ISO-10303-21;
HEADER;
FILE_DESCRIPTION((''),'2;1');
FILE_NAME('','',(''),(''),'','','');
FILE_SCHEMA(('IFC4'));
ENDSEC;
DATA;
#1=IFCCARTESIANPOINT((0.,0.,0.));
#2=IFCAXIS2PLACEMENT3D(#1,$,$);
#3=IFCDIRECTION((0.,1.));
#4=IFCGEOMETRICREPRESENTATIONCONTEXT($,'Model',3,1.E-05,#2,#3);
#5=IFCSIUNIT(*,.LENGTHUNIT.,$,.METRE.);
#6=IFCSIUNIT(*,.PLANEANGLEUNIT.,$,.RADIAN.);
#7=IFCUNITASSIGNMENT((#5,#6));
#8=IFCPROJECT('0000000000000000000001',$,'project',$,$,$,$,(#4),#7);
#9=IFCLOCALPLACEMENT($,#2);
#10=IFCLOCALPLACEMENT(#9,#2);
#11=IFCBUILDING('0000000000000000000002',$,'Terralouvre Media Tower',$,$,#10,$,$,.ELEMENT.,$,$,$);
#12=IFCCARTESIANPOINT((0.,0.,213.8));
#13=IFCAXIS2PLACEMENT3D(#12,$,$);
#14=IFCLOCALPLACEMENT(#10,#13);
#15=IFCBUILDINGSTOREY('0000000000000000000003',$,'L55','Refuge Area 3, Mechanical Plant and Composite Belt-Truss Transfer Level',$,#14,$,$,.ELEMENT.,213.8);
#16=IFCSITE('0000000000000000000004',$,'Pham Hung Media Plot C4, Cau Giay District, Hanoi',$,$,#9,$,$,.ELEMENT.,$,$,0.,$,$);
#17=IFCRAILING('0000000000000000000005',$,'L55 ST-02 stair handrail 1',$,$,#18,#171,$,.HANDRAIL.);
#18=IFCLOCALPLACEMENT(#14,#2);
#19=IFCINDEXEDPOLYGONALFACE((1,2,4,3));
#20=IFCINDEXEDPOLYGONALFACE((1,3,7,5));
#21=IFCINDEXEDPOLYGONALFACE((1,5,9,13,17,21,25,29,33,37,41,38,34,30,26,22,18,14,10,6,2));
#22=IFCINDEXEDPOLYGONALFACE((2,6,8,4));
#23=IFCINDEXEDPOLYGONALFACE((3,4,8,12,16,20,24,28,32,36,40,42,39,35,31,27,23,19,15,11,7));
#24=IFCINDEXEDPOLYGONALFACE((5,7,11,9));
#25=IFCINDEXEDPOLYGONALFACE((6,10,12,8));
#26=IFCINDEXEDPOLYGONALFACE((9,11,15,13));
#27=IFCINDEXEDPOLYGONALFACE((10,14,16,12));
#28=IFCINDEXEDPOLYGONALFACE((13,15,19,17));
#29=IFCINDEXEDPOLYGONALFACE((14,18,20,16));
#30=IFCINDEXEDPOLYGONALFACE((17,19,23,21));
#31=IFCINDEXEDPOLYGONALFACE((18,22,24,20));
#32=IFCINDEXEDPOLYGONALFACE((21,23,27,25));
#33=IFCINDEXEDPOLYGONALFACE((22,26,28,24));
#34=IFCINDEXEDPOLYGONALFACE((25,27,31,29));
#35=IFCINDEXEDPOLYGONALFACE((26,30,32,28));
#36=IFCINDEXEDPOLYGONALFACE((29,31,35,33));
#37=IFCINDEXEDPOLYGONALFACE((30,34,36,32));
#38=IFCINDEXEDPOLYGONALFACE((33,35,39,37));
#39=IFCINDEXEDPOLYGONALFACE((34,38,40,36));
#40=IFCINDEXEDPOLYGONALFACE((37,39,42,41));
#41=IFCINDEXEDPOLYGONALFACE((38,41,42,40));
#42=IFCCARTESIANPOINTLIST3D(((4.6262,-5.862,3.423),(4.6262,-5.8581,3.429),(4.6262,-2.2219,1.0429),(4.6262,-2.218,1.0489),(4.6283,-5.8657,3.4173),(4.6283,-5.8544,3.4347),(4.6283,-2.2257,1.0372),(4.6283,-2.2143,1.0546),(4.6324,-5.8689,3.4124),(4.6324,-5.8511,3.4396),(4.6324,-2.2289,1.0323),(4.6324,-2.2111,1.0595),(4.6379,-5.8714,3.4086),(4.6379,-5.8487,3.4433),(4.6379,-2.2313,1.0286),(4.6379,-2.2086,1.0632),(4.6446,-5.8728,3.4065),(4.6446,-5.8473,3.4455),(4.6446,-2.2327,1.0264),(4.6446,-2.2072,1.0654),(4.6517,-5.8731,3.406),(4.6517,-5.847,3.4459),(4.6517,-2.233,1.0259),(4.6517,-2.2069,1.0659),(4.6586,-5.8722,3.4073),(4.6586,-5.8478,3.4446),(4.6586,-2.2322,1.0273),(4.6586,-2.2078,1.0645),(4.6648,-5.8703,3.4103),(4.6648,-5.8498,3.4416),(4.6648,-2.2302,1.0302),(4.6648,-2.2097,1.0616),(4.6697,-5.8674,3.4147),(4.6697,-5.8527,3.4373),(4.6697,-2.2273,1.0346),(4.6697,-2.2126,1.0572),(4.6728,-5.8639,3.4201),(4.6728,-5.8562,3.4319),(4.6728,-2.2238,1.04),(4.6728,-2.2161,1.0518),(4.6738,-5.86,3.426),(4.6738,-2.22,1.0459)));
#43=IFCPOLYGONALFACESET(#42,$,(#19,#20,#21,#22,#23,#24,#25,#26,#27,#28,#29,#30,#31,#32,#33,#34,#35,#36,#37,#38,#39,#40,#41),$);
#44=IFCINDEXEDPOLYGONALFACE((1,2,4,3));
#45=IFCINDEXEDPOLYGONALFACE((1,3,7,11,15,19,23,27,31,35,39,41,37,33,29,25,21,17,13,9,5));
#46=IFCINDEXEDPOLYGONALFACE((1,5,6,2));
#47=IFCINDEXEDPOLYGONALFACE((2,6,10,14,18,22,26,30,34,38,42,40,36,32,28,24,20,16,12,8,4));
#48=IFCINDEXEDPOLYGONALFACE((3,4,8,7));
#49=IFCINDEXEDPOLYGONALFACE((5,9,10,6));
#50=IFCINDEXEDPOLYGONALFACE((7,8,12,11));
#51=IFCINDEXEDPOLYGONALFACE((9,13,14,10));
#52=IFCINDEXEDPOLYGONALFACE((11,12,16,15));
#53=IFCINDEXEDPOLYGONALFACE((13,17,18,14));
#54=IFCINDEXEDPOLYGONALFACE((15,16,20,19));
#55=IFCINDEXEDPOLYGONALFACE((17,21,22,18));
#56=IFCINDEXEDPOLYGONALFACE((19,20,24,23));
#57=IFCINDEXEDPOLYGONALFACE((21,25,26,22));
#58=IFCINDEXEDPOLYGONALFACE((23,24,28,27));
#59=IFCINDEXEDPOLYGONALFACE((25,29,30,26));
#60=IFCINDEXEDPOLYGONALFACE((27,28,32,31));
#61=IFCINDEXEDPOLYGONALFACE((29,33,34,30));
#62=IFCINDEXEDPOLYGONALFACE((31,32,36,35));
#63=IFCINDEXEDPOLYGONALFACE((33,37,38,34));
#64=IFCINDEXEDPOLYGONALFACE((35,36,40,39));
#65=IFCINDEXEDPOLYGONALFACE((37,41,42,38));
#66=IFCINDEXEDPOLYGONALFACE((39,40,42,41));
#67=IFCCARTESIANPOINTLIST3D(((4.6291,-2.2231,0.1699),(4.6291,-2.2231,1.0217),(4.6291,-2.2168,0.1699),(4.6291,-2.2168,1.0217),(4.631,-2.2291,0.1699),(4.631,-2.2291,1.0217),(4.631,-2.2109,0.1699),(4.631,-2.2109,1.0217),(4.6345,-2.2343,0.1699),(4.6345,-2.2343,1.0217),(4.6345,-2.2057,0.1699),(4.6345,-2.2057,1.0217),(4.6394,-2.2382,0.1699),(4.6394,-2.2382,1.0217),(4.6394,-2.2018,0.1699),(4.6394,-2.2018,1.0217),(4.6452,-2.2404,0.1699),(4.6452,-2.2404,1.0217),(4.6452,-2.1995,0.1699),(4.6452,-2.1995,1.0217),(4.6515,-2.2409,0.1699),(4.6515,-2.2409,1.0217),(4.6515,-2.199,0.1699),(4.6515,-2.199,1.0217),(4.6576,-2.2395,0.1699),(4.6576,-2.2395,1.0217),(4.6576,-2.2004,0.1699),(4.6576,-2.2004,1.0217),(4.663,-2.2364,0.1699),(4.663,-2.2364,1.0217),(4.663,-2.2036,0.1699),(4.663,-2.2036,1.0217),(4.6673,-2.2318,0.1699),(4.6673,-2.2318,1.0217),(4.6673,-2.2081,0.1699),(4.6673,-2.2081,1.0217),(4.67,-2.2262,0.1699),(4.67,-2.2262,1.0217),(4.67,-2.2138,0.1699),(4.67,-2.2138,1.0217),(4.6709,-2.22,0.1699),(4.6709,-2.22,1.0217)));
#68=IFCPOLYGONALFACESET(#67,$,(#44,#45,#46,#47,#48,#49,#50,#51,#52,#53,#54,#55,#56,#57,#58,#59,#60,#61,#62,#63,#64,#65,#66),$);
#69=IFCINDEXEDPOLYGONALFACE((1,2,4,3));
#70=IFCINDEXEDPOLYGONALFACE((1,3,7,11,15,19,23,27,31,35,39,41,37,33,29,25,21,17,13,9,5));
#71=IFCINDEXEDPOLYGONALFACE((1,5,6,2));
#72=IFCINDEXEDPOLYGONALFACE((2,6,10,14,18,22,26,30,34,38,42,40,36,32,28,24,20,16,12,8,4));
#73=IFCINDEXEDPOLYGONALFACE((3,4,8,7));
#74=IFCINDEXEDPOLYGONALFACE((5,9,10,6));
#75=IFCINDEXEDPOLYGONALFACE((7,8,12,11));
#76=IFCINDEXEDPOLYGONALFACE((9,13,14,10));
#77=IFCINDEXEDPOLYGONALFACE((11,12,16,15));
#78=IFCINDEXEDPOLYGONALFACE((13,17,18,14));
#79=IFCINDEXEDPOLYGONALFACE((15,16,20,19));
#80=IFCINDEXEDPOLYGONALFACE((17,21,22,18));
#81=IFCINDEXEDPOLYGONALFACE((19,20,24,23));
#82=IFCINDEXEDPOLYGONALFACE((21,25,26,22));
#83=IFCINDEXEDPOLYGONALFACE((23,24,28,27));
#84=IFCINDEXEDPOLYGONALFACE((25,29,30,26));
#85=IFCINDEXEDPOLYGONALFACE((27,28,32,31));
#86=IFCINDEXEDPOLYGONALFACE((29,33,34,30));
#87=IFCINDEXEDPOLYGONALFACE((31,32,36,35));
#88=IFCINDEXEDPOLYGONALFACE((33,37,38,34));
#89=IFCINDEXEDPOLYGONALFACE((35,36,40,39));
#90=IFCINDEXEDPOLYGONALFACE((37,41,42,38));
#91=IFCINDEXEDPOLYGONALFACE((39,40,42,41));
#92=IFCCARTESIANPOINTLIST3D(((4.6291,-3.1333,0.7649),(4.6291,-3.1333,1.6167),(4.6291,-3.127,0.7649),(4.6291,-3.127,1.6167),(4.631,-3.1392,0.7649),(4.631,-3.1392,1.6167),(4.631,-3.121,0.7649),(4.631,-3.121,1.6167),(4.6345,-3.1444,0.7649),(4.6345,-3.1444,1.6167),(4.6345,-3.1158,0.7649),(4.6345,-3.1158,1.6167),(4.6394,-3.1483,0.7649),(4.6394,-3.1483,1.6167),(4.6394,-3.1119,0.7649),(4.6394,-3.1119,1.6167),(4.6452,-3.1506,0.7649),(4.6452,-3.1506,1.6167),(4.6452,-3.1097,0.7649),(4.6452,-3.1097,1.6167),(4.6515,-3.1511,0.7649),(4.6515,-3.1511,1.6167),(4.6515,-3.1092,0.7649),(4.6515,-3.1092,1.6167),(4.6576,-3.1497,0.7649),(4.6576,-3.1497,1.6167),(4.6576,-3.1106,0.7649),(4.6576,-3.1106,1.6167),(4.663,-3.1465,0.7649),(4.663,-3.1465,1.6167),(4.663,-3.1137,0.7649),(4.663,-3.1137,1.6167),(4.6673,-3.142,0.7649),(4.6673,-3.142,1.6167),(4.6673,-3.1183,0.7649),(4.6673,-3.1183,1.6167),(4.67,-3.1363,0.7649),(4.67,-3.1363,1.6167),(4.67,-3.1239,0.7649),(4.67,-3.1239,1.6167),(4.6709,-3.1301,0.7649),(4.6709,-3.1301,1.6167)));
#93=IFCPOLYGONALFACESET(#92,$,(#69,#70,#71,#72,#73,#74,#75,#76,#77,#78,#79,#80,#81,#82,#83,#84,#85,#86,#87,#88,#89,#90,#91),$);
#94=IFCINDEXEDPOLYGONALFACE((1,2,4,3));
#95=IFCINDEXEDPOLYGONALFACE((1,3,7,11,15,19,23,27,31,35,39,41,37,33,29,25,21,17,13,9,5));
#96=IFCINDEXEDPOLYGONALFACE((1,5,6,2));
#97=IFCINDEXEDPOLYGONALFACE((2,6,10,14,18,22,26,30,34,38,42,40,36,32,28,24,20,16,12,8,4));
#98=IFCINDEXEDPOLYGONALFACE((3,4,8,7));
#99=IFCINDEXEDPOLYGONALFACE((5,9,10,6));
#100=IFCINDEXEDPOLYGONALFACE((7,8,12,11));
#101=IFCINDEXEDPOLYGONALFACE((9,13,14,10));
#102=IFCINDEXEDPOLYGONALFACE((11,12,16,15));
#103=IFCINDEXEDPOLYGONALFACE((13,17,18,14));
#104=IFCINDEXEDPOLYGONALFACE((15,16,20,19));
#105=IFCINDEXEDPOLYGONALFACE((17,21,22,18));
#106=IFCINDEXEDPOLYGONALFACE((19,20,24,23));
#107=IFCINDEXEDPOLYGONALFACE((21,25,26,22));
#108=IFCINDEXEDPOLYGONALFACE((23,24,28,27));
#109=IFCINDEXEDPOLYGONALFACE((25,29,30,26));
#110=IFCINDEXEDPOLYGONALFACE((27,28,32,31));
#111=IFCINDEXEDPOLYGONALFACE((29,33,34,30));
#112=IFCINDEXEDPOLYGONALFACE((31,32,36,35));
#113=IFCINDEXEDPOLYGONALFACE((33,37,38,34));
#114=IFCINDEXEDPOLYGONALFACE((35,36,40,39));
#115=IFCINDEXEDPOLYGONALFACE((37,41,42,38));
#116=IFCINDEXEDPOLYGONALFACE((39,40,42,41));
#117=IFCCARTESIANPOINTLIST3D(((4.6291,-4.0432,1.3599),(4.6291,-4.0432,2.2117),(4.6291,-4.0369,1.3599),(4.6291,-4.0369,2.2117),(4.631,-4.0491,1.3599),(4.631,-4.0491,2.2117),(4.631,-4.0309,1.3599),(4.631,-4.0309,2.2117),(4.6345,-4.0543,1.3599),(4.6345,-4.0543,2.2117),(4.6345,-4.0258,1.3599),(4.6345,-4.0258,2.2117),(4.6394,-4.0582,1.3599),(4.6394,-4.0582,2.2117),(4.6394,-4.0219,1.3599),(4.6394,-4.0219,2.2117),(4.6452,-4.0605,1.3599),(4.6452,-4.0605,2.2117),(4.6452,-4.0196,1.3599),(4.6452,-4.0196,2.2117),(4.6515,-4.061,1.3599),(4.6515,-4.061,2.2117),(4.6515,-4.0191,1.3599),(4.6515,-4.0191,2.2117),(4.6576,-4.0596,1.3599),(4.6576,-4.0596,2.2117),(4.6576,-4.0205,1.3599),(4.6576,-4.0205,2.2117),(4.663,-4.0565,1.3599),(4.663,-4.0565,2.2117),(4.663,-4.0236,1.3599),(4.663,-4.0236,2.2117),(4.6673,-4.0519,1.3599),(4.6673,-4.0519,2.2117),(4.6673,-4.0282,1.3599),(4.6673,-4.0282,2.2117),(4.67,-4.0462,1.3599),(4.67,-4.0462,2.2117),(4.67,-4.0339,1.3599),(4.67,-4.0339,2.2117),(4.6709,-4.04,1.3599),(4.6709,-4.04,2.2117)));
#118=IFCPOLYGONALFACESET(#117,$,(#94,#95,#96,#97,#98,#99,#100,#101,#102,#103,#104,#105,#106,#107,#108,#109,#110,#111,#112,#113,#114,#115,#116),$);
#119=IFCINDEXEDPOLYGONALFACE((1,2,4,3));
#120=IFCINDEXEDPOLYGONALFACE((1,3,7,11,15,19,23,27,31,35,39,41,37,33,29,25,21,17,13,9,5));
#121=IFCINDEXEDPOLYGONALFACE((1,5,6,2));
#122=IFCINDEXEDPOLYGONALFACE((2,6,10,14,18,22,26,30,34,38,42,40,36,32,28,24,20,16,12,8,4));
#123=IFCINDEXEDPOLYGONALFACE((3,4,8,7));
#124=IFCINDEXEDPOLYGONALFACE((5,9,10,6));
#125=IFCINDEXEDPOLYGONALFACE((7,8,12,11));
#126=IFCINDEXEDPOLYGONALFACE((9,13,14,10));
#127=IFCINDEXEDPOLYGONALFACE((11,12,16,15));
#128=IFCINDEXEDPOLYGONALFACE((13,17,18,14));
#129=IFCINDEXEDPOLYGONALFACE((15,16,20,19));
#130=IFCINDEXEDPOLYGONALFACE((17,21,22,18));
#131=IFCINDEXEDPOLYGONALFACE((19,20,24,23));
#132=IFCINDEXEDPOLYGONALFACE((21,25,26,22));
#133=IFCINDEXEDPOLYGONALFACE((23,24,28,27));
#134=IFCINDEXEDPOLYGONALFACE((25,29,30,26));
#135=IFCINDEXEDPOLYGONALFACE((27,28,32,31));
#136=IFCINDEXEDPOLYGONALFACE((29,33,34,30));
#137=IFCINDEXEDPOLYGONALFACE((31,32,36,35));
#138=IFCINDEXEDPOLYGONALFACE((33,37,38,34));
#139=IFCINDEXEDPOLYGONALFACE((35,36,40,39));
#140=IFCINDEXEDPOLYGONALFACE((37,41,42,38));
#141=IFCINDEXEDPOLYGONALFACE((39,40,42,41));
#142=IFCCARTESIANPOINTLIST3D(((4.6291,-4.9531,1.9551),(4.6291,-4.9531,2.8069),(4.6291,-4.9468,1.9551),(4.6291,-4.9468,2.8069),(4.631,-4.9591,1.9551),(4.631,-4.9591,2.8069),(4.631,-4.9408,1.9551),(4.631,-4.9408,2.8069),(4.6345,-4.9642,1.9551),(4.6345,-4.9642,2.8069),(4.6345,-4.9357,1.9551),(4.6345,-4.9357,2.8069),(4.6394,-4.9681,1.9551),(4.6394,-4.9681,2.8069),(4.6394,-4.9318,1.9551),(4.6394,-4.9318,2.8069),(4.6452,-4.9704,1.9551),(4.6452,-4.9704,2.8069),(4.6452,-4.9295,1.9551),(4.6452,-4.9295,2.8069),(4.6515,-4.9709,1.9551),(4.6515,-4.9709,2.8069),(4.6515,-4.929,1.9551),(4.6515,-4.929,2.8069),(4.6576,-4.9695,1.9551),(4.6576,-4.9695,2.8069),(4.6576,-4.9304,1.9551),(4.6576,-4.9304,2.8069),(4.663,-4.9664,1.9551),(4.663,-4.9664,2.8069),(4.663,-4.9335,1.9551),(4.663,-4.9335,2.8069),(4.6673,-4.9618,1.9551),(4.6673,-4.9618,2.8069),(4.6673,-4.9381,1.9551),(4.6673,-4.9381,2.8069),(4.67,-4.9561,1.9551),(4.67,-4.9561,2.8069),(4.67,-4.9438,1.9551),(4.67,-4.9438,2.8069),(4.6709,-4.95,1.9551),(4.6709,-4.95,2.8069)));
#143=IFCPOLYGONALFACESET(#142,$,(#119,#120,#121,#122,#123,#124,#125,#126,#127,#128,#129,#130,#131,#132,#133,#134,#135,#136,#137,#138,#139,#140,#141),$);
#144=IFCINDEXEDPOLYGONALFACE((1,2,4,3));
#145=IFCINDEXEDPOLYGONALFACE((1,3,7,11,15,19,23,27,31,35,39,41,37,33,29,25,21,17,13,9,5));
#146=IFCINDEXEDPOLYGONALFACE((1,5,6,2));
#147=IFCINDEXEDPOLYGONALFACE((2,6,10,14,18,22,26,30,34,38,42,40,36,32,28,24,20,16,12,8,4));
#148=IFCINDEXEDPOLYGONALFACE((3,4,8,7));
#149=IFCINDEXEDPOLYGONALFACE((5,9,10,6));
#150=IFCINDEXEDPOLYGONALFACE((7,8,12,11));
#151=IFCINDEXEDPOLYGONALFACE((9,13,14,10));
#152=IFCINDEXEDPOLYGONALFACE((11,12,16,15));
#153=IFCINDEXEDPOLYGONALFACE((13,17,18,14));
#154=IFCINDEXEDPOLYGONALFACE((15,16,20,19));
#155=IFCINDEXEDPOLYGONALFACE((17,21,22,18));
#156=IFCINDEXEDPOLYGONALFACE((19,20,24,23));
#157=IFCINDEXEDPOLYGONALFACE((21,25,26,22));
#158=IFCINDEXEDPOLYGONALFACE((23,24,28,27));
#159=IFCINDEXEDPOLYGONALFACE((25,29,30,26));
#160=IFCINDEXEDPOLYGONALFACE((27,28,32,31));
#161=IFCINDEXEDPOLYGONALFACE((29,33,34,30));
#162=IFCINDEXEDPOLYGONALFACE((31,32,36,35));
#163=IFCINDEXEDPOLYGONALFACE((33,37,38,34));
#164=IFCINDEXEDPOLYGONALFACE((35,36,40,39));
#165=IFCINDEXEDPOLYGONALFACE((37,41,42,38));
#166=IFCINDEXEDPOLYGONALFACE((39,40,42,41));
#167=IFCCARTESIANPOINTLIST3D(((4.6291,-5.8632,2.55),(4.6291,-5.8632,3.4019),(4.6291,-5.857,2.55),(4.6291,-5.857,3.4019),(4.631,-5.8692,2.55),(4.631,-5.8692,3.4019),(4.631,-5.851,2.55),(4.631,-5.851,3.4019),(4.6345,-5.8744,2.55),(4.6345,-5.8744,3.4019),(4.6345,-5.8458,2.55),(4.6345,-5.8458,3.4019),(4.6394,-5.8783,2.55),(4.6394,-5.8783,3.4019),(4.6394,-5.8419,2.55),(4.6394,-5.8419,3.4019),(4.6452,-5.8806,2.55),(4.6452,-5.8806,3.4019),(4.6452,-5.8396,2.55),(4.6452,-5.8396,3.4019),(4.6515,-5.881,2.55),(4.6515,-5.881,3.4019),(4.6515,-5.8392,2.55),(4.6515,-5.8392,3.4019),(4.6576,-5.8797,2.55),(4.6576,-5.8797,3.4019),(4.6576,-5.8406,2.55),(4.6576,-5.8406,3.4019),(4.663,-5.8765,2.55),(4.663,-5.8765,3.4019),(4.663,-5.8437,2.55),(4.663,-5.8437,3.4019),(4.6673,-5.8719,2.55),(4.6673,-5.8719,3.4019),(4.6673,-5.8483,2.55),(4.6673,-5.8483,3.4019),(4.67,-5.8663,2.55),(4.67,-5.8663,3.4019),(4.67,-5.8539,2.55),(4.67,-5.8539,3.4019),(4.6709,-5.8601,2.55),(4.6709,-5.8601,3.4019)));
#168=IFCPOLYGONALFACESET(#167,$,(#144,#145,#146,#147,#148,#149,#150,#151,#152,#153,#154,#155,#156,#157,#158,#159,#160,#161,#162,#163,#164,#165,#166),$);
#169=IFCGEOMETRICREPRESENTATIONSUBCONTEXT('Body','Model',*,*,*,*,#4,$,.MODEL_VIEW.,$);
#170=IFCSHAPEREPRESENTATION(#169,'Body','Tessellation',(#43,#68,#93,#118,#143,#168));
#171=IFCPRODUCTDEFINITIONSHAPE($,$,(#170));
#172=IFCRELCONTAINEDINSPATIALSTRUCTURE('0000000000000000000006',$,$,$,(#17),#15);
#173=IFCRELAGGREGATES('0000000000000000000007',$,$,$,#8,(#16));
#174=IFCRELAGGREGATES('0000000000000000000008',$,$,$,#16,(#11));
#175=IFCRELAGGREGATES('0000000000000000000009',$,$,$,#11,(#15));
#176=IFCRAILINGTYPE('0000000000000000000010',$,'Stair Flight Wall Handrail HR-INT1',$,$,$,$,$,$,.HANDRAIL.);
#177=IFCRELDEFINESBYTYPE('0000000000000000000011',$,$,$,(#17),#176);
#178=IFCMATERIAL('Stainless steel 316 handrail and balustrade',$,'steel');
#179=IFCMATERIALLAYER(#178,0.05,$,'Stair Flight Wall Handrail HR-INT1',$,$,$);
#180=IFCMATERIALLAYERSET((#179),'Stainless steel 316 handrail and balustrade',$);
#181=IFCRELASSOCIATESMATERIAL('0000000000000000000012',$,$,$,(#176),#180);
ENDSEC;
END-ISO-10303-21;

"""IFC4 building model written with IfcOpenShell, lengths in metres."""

from ifc_helpers import new_model, si_unit, direction, frame, origin, origin_2d, place, context, subcontext, project, spatial, circle, extrude, material, layer, layer_set, type_object, element, save


model = new_model("IFC4")

# Units and contexts
model_context = context("Model", 3, precision=1e-05, world=origin(), true_north=direction((0.0, 1.0)))
body_context = subcontext(model_context, "Body", "Model", "MODEL_VIEW")
ifc_project = project(units=[si_unit("LENGTHUNIT", "METRE"), si_unit("PLANEANGLEUNIT", "RADIAN")], contexts=[model_context])

# Site, building, storey
site_placement = place(None, origin())
site = spatial("IfcSite", under=ifc_project, at=site_placement, Name="Pham Hung Media Plot C4, Cau Giay District, Hanoi", CompositionType="ELEMENT", RefElevation=0.0)
building_placement = place(site_placement, origin())
building = spatial("IfcBuilding", under=site, at=building_placement, Name="Terralouvre Media Tower", CompositionType="ELEMENT")
storey_placement = place(building_placement, frame((0.0, 0.0, 213.8)))
storey = spatial("IfcBuildingStorey", under=building, at=storey_placement, Name="L55", Description="Refuge Area 3, Mechanical Plant and Composite Belt-Truss Transfer Level", CompositionType="ELEMENT", Elevation=213.8)

# Railing
ifc_material_1 = material(Name="Stainless steel 316 handrail and balustrade", Category="steel")
ifc_layer_1 = layer(ifc_material_1, 0.05, Name="Stair Flight Wall Handrail HR-INT1")
ifc_layer_set_1 = layer_set([ifc_layer_1], Name="Stainless steel 316 handrail and balustrade")
railing_type_1 = type_object("IfcRailingType", Name="Stair Flight Wall Handrail HR-INT1", PredefinedType="HANDRAIL", material=ifc_layer_set_1)
railing_1_placement = place(storey_placement, frame((4.6499, -2.22, 0.1699)))
element("IfcRailing", 1, at=railing_1_placement, inside=storey, type_object=railing_type_1, Name="L55 ST-02 stair handrail 1", PredefinedType="HANDRAIL", context=body_context, shape_type="SweptSolid", body=[
    extrude(circle(Radius=0.0239, at=origin_2d()), frame((0.0, 0.0, 0.876), z_axis=(0.0, -0.836966, 0.547255), x_axis=(1.0, 0.0, 0.0)), (0.0, 0.0, 1.0), 4.3491),
    extrude(circle(Radius=0.021, at=origin_2d()), origin(), (0.0, 0.0, 1.0), 0.8518),
    extrude(circle(Radius=0.021, at=origin_2d()), frame((0.0, -0.9102, 0.595)), (0.0, 0.0, 1.0), 0.8518),
    extrude(circle(Radius=0.021, at=origin_2d()), frame((0.0, -1.8201, 1.1899)), (0.0, 0.0, 1.0), 0.8518),
    extrude(circle(Radius=0.021, at=origin_2d()), frame((0.0, -2.73, 1.7852)), (0.0, 0.0, 1.0), 0.8518),
    extrude(circle(Radius=0.021, at=origin_2d()), frame((0.0, -3.6401, 2.3801)), (0.0, 0.0, 1.0), 0.8518),
])

save(model, "model.ifc")
